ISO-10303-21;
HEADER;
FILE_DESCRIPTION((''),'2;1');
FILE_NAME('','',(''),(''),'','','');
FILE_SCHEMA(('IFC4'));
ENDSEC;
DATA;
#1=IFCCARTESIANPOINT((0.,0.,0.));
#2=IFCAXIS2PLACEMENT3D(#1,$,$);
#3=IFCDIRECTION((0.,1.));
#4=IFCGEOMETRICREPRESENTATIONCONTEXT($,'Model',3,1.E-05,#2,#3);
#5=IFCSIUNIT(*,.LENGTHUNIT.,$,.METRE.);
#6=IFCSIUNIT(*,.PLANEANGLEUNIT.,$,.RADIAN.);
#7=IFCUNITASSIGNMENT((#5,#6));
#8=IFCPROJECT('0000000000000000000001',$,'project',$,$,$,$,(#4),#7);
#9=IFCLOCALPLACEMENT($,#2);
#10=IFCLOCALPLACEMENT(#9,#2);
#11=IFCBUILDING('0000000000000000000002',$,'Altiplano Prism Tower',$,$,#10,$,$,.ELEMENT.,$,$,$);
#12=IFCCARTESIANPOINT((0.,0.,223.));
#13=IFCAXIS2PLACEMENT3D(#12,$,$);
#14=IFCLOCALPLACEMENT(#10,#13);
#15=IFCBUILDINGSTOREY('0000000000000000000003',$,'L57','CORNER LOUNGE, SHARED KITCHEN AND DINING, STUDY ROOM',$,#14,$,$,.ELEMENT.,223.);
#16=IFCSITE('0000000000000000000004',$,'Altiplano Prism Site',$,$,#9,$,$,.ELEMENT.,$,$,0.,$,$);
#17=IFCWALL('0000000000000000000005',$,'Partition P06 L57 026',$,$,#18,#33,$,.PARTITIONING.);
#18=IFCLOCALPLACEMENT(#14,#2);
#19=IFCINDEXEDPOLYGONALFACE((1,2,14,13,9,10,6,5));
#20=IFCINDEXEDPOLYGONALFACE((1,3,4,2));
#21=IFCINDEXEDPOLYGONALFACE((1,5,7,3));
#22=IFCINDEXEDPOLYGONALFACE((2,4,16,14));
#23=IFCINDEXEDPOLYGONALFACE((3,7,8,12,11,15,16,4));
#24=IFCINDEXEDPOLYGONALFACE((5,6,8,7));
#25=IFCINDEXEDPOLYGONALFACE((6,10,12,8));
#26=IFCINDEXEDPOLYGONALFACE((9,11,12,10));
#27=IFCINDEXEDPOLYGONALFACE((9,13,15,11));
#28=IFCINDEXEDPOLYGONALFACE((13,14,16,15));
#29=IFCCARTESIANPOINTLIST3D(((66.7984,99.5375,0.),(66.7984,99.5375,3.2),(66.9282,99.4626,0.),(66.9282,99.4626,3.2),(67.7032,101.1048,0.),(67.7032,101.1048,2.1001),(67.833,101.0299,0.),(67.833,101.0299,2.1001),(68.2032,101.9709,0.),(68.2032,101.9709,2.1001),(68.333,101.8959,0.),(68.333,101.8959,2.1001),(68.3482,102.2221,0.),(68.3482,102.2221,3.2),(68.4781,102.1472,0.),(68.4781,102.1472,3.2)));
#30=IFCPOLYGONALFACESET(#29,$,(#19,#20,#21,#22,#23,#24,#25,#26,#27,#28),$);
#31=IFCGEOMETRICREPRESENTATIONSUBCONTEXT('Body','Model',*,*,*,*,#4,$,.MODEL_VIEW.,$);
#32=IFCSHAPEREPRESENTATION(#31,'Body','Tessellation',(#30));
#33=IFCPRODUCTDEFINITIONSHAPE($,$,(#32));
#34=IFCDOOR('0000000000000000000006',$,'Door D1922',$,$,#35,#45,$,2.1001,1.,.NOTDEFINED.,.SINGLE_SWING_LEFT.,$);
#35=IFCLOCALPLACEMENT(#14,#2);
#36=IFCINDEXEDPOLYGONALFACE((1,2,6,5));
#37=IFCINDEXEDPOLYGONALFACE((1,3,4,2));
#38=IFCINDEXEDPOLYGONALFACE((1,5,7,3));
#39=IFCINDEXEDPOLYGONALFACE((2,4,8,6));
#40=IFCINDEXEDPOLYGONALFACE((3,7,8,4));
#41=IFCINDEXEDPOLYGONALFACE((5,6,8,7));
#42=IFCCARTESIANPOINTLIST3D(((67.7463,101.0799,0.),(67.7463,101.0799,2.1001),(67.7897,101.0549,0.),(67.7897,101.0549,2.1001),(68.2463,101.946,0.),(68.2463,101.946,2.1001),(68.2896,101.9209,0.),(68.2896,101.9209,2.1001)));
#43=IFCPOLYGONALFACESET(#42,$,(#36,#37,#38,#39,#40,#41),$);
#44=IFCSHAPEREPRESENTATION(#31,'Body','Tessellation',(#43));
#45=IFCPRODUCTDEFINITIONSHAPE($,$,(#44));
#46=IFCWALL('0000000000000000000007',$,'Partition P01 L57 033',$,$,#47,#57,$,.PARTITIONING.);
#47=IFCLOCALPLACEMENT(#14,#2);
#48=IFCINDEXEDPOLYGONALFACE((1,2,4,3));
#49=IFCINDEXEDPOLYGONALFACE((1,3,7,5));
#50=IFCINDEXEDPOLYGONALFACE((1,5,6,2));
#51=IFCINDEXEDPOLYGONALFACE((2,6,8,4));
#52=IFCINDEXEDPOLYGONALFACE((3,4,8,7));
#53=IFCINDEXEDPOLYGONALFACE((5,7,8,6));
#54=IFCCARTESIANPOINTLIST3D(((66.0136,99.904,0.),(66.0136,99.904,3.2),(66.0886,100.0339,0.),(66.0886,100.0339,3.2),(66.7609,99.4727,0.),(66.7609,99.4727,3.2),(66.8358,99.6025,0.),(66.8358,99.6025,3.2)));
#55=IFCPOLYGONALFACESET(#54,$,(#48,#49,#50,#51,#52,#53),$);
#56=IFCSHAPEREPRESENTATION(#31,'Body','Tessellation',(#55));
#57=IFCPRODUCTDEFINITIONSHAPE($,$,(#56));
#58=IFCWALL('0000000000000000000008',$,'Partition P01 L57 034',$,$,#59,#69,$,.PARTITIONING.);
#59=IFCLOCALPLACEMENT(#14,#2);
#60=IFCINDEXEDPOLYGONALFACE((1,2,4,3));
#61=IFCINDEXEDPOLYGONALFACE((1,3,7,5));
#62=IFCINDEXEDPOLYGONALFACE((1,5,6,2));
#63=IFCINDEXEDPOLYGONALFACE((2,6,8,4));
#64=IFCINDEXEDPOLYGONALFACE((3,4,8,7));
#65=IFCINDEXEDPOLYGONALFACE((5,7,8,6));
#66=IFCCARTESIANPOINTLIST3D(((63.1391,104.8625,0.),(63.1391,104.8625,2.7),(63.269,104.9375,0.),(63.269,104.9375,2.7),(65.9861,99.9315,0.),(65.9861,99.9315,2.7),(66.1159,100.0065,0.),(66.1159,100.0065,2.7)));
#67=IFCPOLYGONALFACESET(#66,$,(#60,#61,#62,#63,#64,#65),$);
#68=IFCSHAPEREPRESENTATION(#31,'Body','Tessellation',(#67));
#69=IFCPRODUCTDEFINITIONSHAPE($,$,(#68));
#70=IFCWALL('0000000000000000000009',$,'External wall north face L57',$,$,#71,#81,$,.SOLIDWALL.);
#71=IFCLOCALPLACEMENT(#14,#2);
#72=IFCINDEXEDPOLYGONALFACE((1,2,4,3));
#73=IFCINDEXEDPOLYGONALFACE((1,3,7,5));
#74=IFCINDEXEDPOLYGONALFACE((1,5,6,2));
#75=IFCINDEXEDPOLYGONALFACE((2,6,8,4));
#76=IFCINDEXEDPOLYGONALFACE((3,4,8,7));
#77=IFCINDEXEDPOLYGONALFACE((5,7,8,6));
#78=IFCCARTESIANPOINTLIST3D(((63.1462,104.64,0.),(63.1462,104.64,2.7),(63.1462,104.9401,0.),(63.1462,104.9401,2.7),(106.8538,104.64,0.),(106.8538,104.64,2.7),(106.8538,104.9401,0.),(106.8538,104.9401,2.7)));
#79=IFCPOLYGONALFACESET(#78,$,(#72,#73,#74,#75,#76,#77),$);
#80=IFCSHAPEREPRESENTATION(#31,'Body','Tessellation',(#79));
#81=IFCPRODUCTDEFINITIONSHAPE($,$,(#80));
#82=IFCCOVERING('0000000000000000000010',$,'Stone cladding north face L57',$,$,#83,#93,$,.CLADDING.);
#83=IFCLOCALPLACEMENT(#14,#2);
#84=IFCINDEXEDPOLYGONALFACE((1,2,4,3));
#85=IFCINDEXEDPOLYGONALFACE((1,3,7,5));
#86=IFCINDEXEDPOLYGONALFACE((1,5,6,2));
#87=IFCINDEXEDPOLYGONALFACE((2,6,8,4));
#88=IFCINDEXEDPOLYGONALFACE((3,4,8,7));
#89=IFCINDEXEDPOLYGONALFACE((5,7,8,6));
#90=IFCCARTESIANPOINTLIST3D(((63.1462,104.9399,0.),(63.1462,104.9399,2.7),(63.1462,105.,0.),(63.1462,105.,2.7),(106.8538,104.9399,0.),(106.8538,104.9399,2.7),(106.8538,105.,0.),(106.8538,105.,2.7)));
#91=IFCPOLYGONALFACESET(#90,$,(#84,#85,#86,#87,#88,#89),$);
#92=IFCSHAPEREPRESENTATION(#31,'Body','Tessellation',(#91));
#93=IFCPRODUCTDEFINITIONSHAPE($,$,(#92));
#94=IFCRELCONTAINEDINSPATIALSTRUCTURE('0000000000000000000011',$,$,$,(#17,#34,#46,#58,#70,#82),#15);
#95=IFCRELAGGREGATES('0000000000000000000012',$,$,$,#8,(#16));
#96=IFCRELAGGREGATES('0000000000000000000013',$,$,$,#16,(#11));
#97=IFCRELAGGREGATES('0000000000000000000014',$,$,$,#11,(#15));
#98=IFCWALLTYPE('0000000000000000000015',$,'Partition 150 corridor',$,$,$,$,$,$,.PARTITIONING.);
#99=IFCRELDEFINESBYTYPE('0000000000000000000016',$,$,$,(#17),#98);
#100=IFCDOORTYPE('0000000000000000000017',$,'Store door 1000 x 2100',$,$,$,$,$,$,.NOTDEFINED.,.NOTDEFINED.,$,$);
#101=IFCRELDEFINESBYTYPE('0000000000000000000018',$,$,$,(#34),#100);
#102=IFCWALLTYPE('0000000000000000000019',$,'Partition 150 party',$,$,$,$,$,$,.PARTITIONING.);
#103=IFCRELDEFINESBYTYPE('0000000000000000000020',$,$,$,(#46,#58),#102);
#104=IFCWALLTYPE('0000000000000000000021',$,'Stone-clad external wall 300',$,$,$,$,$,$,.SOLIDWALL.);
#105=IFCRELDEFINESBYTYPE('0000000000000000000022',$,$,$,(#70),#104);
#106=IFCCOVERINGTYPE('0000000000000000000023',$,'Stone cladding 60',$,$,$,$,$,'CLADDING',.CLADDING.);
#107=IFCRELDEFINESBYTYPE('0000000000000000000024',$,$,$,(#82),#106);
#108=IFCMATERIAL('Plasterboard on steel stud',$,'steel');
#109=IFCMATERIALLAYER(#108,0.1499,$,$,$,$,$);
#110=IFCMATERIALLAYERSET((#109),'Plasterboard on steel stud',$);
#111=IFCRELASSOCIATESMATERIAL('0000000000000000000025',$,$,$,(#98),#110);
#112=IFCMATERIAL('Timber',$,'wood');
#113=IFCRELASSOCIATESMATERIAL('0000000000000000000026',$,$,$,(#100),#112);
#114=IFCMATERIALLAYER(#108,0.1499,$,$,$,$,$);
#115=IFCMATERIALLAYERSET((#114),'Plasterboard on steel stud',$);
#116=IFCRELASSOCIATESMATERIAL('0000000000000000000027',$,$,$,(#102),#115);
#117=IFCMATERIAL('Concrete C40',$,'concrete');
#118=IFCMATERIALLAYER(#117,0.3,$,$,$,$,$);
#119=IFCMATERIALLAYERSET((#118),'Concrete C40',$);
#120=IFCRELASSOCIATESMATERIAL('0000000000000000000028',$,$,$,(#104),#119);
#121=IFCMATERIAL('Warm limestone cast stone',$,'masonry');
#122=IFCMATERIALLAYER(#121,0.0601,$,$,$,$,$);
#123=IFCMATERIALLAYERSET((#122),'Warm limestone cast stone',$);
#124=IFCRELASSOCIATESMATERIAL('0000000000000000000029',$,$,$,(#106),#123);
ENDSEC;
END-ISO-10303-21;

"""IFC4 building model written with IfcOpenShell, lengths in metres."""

from ifc_helpers import new_model, si_unit, direction, frame, frame_2d, origin, place, context, subcontext, project, spatial, rectangle, extrude, material, layer, layer_set, type_object, element, fill, save


model = new_model("IFC4")

# Units and contexts
model_context = context("Model", 3, precision=1e-05, world=origin(), true_north=direction((0.0, 1.0)))
body_context = subcontext(model_context, "Body", "Model", "MODEL_VIEW")
ifc_project = project(units=[si_unit("LENGTHUNIT", "METRE"), si_unit("PLANEANGLEUNIT", "RADIAN")], contexts=[model_context])

# Site, building, storey
site_placement = place(None, origin())
site = spatial("IfcSite", under=ifc_project, at=site_placement, Name="Altiplano Prism Site", CompositionType="ELEMENT", RefElevation=0.0)
building_placement = place(site_placement, origin())
building = spatial("IfcBuilding", under=site, at=building_placement, Name="Altiplano Prism Tower", CompositionType="ELEMENT")
storey_placement = place(building_placement, frame((0.0, 0.0, 223.0)))
storey = spatial("IfcBuildingStorey", under=building, at=storey_placement, Name="L57", Description="CORNER LOUNGE, SHARED KITCHEN AND DINING, STUDY ROOM", CompositionType="ELEMENT", Elevation=223.0)

# Shared definitions
ifc_material_1 = material(Name="Plasterboard on steel stud", Category="steel")
ifc_layer_1 = layer(ifc_material_1, 0.1499)
ifc_layer_set_1 = layer_set([ifc_layer_1], Name="Plasterboard on steel stud")
wall_type_1 = type_object("IfcWallType", Name="Partition 150 corridor", PredefinedType="PARTITIONING", material=ifc_layer_set_1)

# Shared definitions
ifc_material_2 = material(Name="Timber", Category="wood")

# Wall, opening, door
wall_1_placement = place(storey_placement, frame((68.4131, 102.1846, 0.0), z_axis=(0.0, 0.0, 1.0), x_axis=(-0.499968, -0.866044, 0.0)))
wall_1 = element("IfcWall", 1, at=wall_1_placement, inside=storey, type_object=wall_type_1, Name="Partition P06 L57 026", PredefinedType="PARTITIONING", context=body_context, shape_type="SweptSolid", body=[
    extrude(rectangle(XDim=3.0999, YDim=0.1499, at=frame_2d((1.5498, 0.0))), origin(), (0.0, 0.0, 1.0), 3.2),
])
opening_1_placement = place(wall_1_placement, frame((0.29, 0.0, 0.0)))
opening_1 = element("IfcOpeningElement", 2, at=opening_1_placement, cuts=wall_1, PredefinedType="OPENING", context=body_context, shape_type="SweptSolid", body=[
    extrude(rectangle(XDim=1.0, YDim=2.1001, at=frame_2d((0.5, 1.05))), frame((0.0, 0.0854, 0.0), z_axis=(0.0, -1.0, 0.0), x_axis=(1.0, 0.0, 0.0)), (0.0, 0.0, 1.0), 0.1709),
])
door_type_1 = type_object("IfcDoorType", Name="Store door 1000 x 2100", OperationType="NOTDEFINED", PredefinedType="NOTDEFINED", material=ifc_material_2)
door_1_placement = place(opening_1_placement, origin())
door_1 = element("IfcDoor", 3, at=door_1_placement, inside=storey, type_object=door_type_1, Name="Door D1922", OperationType="SINGLE_SWING_LEFT", OverallHeight=2.1001, OverallWidth=1.0, PredefinedType="NOTDEFINED", context=body_context, shape_type="SweptSolid", body=[
    extrude(rectangle(XDim=1.0, YDim=2.1001, at=frame_2d((0.5, 1.05))), frame((0.0, 0.0249, 0.0), z_axis=(0.0, -1.0, 0.0), x_axis=(1.0, 0.0, 0.0)), (0.0, 0.0, 1.0), 0.05),
])
fill(opening_1, door_1)

# Walls
ifc_layer_2 = layer(ifc_material_1, 0.1499)
ifc_layer_set_2 = layer_set([ifc_layer_2], Name="Plasterboard on steel stud")
wall_type_2 = type_object("IfcWallType", Name="Partition 150 party", PredefinedType="PARTITIONING", material=ifc_layer_set_2)
wall_2_placement = place(storey_placement, frame((66.7983, 99.5376, 0.0), z_axis=(0.0, 0.0, 1.0), x_axis=(-0.866058, 0.499943, 0.0)))
element("IfcWall", 4, at=wall_2_placement, inside=storey, type_object=wall_type_2, Name="Partition P01 L57 033", PredefinedType="PARTITIONING", context=body_context, shape_type="SweptSolid", body=[
    extrude(rectangle(XDim=0.8628, YDim=0.1499, at=frame_2d((0.4314, 0.0))), origin(), (0.0, 0.0, 1.0), 3.2),
])
wall_3_placement = place(storey_placement, frame((66.051, 99.969, 0.0), z_axis=(0.0, 0.0, 1.0), x_axis=(-0.500008, 0.866021, 0.0)))
element("IfcWall", 5, at=wall_3_placement, inside=storey, type_object=wall_type_2, Name="Partition P01 L57 034", PredefinedType="PARTITIONING", context=body_context, shape_type="SweptSolid", body=[
    extrude(rectangle(XDim=5.6938, YDim=0.1499, at=frame_2d((2.8469, 0.0))), origin(), (0.0, 0.0, 1.0), 2.7),
])
ifc_material_3 = material(Name="Concrete C40", Category="concrete")
ifc_layer_3 = layer(ifc_material_3, 0.3)
ifc_layer_set_3 = layer_set([ifc_layer_3], Name="Concrete C40")
wall_type_3 = type_object("IfcWallType", Name="Stone-clad external wall 300", PredefinedType="SOLIDWALL", material=ifc_layer_set_3)
wall_4_placement = place(storey_placement, frame((63.1462, 104.79, 0.0), z_axis=(0.0, 0.0, 1.0), x_axis=(1.0, 0.0, 0.0)))
element("IfcWall", 6, at=wall_4_placement, inside=storey, type_object=wall_type_3, Name="External wall north face L57", PredefinedType="SOLIDWALL", context=body_context, shape_type="SweptSolid", body=[
    extrude(rectangle(XDim=43.7075, YDim=0.3, at=frame_2d((21.8538, 0.0))), origin(), (0.0, 0.0, 1.0), 2.7),
])

# Covering
ifc_material_4 = material(Name="Warm limestone cast stone", Category="masonry")
ifc_layer_4 = layer(ifc_material_4, 0.0601)
ifc_layer_set_4 = layer_set([ifc_layer_4], Name="Warm limestone cast stone")
covering_type = type_object("IfcCoveringType", Name="Stone cladding 60", ElementType="CLADDING", PredefinedType="CLADDING", material=ifc_layer_set_4)
covering_placement = place(storey_placement, frame((63.1462, 104.97, 0.0), z_axis=(0.0, 0.0, 1.0), x_axis=(1.0, 0.0, 0.0)))
element("IfcCovering", 7, at=covering_placement, inside=storey, type_object=covering_type, Name="Stone cladding north face L57", PredefinedType="CLADDING", context=body_context, shape_type="SweptSolid", body=[
    extrude(rectangle(XDim=43.7075, YDim=0.0601, at=frame_2d((21.8538, 0.0))), origin(), (0.0, 0.0, 1.0), 2.7),
])

save(model, "model.ifc")
